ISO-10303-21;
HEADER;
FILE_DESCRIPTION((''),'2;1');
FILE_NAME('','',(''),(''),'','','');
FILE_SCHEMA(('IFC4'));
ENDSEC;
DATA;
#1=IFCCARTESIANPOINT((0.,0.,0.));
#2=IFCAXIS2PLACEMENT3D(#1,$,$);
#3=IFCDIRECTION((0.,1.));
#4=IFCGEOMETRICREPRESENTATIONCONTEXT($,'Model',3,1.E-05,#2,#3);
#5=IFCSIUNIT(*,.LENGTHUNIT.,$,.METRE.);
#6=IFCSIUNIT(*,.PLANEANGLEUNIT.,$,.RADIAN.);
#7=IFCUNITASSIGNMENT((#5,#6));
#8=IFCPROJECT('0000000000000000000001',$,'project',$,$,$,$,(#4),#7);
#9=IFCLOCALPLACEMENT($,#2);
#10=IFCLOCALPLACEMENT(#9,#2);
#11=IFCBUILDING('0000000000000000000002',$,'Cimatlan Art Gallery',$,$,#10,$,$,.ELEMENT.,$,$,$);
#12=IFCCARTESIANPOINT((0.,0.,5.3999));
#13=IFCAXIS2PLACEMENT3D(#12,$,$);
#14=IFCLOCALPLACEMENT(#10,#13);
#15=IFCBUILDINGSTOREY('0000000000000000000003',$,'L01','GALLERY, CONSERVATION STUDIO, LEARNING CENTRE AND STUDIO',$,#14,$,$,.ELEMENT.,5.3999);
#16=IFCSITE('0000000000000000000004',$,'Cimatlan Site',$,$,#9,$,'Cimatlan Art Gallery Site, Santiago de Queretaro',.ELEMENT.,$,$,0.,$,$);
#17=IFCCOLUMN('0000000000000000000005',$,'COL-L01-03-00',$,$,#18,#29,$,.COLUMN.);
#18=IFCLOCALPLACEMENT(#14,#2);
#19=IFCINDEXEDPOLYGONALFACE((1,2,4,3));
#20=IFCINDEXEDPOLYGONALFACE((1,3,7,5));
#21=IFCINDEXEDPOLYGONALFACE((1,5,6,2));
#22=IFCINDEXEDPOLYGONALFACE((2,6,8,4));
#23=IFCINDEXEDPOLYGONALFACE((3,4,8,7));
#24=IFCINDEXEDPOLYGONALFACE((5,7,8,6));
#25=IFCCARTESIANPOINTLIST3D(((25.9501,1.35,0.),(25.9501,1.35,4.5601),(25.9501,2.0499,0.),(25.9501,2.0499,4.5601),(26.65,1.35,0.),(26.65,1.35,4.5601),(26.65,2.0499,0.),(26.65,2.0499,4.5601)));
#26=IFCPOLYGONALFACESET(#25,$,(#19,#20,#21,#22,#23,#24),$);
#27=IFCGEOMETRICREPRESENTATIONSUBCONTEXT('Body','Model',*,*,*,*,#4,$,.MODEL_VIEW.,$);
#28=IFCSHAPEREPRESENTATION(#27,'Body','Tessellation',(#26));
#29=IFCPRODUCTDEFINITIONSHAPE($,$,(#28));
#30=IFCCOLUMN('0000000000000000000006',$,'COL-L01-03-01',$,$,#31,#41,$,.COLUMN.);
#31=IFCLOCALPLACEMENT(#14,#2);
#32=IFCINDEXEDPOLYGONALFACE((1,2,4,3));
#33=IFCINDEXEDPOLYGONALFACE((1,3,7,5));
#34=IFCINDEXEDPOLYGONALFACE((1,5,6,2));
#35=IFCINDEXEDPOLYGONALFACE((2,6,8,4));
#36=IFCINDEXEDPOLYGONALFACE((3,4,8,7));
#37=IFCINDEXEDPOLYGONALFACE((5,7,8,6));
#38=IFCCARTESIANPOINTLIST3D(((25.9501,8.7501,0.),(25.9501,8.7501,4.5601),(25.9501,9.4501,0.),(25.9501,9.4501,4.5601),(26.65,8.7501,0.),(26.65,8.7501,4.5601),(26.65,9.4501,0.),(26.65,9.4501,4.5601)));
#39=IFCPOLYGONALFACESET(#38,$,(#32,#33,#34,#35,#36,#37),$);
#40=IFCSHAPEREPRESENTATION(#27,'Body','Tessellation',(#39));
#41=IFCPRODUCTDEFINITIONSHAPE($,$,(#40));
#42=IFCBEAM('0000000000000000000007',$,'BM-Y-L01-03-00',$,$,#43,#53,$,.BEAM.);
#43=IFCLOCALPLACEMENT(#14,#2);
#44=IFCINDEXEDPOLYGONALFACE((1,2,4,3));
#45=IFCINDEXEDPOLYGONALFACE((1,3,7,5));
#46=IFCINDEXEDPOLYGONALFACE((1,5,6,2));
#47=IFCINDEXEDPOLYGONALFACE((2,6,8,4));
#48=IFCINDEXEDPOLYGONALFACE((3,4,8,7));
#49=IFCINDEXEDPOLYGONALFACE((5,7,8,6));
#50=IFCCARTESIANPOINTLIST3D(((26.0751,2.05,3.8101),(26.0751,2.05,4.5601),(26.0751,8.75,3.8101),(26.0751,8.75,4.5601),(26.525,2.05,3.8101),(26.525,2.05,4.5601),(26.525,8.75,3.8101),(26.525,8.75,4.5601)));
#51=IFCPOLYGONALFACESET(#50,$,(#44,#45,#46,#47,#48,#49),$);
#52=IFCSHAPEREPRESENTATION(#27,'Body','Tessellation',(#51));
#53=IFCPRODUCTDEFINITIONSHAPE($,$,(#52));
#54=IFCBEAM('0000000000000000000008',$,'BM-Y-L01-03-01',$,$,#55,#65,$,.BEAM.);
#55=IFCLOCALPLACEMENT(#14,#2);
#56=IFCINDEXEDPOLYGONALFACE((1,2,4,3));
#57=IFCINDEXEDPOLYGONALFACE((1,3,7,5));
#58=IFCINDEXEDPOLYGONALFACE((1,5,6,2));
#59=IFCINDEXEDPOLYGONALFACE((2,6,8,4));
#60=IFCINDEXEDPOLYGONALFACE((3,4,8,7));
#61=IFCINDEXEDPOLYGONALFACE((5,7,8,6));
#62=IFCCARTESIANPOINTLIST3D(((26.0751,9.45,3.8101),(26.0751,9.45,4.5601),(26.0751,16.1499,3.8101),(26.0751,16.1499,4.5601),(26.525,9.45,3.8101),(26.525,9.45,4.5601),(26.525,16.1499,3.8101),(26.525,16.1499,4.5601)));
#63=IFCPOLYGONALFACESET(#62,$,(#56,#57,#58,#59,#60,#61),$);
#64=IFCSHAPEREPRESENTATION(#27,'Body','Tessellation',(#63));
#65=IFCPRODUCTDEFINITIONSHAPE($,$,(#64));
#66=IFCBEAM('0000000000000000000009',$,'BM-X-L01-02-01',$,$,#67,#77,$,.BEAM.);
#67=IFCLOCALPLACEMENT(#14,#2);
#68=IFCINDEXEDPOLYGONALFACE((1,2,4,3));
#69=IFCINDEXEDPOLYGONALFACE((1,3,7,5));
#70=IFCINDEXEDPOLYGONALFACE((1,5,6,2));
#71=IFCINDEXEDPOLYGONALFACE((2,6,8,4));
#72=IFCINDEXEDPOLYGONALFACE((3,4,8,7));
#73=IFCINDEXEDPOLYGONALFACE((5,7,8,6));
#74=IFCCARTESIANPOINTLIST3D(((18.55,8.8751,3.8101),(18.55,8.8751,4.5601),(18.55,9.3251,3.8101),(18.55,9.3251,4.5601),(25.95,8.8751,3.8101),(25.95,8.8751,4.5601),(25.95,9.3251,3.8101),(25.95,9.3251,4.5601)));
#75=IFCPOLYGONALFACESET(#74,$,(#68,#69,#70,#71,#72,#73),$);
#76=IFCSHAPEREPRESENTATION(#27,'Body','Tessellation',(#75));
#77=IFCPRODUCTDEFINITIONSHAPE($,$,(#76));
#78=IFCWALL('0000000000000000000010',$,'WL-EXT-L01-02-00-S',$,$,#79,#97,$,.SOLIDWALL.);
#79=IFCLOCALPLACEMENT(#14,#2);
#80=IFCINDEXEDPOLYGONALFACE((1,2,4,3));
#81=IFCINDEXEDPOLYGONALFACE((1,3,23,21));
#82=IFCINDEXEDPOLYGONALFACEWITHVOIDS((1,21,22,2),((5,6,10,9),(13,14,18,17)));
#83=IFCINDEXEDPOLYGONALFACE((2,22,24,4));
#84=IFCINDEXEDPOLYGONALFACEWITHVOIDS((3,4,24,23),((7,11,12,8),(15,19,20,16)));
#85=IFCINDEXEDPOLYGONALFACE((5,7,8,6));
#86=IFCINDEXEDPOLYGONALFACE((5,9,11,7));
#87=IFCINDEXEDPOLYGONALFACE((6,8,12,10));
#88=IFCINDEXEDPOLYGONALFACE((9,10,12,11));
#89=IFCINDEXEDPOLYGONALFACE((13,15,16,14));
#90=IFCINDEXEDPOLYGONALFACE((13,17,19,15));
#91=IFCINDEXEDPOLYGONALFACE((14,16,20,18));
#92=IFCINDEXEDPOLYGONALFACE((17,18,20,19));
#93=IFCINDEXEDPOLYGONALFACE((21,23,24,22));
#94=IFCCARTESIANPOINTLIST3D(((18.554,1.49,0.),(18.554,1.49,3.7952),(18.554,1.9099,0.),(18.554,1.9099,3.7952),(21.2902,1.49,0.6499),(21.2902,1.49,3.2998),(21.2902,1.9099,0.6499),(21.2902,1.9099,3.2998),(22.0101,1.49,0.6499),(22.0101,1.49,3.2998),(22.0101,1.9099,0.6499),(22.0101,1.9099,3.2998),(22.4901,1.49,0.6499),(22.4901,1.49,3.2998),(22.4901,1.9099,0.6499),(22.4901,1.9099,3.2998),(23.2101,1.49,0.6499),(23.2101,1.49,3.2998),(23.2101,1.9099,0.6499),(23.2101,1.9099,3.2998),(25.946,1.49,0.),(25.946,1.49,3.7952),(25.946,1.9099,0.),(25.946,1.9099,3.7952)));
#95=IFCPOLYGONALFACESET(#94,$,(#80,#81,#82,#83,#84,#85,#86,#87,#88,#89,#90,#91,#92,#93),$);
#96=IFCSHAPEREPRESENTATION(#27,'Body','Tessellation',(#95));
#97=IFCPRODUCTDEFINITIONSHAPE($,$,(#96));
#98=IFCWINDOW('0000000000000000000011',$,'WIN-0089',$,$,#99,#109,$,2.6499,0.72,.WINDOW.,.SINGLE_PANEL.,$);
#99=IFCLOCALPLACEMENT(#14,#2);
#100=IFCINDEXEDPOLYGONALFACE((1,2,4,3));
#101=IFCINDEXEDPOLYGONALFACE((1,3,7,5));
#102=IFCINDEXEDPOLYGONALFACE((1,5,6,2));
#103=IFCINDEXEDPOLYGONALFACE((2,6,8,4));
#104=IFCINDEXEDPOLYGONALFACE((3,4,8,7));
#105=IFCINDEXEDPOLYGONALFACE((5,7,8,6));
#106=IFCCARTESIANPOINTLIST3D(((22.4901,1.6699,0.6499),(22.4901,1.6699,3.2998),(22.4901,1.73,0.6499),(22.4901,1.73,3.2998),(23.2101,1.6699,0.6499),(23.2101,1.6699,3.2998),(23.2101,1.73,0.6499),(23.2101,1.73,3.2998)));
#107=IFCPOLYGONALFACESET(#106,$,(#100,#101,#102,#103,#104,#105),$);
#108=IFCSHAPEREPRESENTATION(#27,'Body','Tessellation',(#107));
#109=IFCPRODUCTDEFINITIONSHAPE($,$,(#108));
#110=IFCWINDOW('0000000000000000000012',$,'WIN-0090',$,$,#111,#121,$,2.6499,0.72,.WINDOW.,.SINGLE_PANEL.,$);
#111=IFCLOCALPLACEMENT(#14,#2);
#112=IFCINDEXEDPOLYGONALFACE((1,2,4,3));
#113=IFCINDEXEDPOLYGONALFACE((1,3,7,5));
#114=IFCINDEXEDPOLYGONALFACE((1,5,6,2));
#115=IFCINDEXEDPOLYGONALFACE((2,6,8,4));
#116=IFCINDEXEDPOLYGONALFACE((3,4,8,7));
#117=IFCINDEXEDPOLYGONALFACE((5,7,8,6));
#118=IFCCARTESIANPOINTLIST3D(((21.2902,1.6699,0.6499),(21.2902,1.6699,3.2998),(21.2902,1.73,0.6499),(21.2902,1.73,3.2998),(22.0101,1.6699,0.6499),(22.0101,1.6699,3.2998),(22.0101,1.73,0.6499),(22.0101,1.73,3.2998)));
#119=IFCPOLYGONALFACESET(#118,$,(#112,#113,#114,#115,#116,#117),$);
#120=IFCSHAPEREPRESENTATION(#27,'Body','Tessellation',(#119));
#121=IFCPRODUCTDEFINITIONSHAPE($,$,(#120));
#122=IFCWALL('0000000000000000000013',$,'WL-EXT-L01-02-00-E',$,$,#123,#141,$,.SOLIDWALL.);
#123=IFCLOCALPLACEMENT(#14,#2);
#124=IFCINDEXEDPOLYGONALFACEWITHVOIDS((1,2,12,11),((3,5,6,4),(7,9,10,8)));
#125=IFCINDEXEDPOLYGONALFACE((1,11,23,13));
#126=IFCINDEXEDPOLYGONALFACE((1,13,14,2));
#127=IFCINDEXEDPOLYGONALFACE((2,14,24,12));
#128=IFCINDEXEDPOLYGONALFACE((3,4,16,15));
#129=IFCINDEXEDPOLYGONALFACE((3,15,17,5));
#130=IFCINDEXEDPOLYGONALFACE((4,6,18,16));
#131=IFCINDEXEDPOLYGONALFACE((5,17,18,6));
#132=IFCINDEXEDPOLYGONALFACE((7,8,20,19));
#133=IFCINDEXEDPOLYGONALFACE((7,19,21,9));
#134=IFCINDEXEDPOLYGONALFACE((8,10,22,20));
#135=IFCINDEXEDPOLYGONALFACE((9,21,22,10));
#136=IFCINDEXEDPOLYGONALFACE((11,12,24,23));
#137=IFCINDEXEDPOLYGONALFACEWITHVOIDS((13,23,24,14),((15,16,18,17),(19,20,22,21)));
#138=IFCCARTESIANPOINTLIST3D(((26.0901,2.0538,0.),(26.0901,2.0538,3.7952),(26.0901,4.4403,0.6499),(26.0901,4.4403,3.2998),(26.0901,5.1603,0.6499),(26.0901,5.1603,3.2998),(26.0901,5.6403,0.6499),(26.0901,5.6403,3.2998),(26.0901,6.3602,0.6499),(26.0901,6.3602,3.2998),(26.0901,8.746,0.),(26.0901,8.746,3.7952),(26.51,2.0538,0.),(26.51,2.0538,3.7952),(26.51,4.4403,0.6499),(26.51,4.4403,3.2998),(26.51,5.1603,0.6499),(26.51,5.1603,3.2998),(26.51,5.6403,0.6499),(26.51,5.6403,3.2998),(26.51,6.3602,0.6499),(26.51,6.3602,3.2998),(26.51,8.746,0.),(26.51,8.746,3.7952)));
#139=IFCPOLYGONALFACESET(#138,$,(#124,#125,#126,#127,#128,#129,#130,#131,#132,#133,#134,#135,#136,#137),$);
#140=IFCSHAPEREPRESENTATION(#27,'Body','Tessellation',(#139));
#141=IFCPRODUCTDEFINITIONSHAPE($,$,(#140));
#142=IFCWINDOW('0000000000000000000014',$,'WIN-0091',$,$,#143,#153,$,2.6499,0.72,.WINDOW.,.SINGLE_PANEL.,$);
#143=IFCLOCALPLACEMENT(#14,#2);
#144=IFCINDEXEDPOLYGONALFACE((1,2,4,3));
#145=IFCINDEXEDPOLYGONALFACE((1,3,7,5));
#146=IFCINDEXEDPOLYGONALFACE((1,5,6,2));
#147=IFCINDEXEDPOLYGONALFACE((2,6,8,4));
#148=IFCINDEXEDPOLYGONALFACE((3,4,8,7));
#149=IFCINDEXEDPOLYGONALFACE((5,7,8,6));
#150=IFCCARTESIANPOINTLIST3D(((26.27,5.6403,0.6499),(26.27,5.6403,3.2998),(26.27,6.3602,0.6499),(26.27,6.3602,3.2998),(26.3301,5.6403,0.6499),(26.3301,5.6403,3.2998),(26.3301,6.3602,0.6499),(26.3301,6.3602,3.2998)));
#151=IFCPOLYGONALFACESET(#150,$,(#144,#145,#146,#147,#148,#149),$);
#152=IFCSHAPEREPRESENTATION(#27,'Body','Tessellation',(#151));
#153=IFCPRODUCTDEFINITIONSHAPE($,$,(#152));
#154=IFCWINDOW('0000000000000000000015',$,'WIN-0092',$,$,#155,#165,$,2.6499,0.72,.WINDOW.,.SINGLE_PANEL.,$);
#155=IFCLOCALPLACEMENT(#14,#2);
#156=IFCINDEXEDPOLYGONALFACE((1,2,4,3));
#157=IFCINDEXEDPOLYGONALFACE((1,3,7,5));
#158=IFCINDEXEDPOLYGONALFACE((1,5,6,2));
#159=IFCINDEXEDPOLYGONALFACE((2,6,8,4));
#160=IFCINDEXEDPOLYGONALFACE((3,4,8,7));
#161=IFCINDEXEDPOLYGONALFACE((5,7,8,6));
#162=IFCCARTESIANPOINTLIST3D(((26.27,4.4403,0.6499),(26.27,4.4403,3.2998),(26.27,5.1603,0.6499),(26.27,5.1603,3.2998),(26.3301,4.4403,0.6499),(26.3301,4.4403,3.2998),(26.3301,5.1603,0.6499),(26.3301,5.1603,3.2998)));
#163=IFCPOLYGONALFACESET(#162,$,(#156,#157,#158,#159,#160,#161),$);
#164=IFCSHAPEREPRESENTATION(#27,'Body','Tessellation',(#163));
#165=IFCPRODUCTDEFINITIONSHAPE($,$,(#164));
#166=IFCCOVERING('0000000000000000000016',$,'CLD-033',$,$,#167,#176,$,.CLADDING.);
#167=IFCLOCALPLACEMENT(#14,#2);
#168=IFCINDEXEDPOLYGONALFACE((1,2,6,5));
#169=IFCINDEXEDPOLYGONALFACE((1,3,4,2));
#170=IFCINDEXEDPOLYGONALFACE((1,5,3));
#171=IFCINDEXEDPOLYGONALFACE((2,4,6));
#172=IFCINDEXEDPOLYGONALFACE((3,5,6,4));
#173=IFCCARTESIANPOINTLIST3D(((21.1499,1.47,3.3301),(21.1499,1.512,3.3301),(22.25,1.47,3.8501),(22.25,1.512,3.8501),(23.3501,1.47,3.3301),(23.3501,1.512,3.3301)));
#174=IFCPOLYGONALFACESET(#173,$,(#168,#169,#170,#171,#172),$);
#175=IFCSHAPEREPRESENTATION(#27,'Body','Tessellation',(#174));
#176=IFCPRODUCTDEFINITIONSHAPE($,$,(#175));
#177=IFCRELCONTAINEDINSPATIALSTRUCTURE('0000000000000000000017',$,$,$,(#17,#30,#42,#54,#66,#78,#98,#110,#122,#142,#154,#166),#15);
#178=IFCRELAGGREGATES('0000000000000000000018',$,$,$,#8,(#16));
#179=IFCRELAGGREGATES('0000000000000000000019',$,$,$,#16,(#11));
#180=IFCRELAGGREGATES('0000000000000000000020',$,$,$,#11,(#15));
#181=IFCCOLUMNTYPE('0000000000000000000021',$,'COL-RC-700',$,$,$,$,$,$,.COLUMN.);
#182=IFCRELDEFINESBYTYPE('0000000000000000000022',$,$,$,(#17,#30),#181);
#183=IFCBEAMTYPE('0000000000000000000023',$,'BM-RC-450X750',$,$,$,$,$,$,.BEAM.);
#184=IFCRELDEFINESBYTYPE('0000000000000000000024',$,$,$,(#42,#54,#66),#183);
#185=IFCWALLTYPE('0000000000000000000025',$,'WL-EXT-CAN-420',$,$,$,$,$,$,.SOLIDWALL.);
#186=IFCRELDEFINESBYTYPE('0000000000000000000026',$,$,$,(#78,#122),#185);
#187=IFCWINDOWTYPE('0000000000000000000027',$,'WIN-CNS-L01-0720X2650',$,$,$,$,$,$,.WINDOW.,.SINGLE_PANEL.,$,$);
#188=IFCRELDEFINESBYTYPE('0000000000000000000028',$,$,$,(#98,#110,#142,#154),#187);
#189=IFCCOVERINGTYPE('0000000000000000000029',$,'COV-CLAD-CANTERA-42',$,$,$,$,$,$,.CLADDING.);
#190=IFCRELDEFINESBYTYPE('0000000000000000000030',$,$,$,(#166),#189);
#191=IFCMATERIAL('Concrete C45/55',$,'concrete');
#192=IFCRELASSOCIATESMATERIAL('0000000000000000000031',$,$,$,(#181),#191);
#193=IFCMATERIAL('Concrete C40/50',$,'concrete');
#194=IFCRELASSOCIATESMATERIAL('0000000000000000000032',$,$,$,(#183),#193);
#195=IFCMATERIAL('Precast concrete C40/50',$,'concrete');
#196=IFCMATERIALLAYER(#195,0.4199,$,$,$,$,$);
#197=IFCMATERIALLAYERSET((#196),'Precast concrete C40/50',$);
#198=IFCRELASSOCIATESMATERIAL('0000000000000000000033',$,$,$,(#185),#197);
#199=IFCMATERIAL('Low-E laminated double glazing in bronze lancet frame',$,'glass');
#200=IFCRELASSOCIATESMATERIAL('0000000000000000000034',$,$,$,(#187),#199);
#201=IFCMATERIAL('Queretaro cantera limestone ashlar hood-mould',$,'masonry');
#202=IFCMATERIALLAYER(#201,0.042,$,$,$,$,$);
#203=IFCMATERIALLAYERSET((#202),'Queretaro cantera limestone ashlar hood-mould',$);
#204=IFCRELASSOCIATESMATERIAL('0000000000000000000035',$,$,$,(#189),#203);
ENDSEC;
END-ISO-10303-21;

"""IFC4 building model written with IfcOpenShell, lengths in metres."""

from ifc_helpers import new_model, si_unit, direction, frame, frame_2d, origin, origin_2d, place, context, subcontext, project, spatial, polyline, rectangle, outline, extrude, material, layer, layer_set, material_profile, profile_set, type_object, element, fill, save


model = new_model("IFC4")

# Units and contexts
model_context = context("Model", 3, precision=1e-05, world=origin(), true_north=direction((0.0, 1.0)))
body_context = subcontext(model_context, "Body", "Model", "MODEL_VIEW")
ifc_project = project(units=[si_unit("LENGTHUNIT", "METRE"), si_unit("PLANEANGLEUNIT", "RADIAN")], contexts=[model_context])

# Site, building, storey
site_placement = place(None, origin())
site = spatial("IfcSite", under=ifc_project, at=site_placement, Name="Cimatlan Site", LongName="Cimatlan Art Gallery Site, Santiago de Queretaro", CompositionType="ELEMENT", RefElevation=0.0)
building_placement = place(site_placement, origin())
building = spatial("IfcBuilding", under=site, at=building_placement, Name="Cimatlan Art Gallery", CompositionType="ELEMENT")
storey_placement = place(building_placement, frame((0.0, 0.0, 5.3999)))
storey = spatial("IfcBuildingStorey", under=building, at=storey_placement, Name="L01", Description="GALLERY, CONSERVATION STUDIO, LEARNING CENTRE AND STUDIO", CompositionType="ELEMENT", Elevation=5.3999)

# Columns
ifc_material_1 = material(Name="Concrete C45/55", Category="concrete")
ifc_material_profile_1 = material_profile(ifc_material_1, rectangle(XDim=0.7, YDim=0.7, at=origin_2d()), Name="RC700X700")
ifc_profile_set_1 = profile_set([ifc_material_profile_1], Name="Concrete C45/55")
column_type = type_object("IfcColumnType", Name="COL-RC-700", PredefinedType="COLUMN", material=ifc_profile_set_1)
for number, where, z_axis, x_axis, name in (
    (1, (26.3, 1.7, 0.0), (0.0, 0.0, 1.0), (1.0, 0.0, 0.0), "COL-L01-03-00"),
    (2, (26.3, 9.1001, 0.0), (0.0, 0.0, 1.0), (1.0, 0.0, 0.0), "COL-L01-03-01"),
):
    element("IfcColumn", number, at=place(storey_placement, frame(where, z_axis=z_axis, x_axis=x_axis)), inside=storey, type_object=column_type, Name=name, PredefinedType="COLUMN", context=body_context, shape_type="SweptSolid", body=[
        extrude(rectangle(XDim=0.7, YDim=0.7, at=origin_2d()), origin(), (0.0, 0.0, 1.0), 4.5601),
    ])

# Beams
ifc_material_2 = material(Name="Concrete C40/50", Category="concrete")
ifc_material_profile_2 = material_profile(ifc_material_2, rectangle(XDim=0.45, YDim=0.75, at=origin_2d()), Name="RC450X750")
ifc_profile_set_2 = profile_set([ifc_material_profile_2], Name="Concrete C40/50")
beam_type = type_object("IfcBeamType", Name="BM-RC-450X750", PredefinedType="BEAM", material=ifc_profile_set_2)
for number, where, z_axis, x_axis, name in (
    (3, (26.3, 2.05, 4.1851), (0.0, 1.0, 0.0), (-1.0, 0.0, 0.0), "BM-Y-L01-03-00"),
    (4, (26.3, 9.45, 4.1851), (0.0, 1.0, 0.0), (-1.0, 0.0, 0.0), "BM-Y-L01-03-01"),
):
    element("IfcBeam", number, at=place(storey_placement, frame(where, z_axis=z_axis, x_axis=x_axis)), inside=storey, type_object=beam_type, Name=name, PredefinedType="BEAM", context=body_context, shape_type="SweptSolid", body=[
        extrude(rectangle(XDim=0.45, YDim=0.75, at=origin_2d()), origin(), (0.0, 0.0, 1.0), 6.7),
    ])
beam_placement = place(storey_placement, frame((18.55, 9.1001, 4.1851), z_axis=(1.0, 0.0, 0.0), x_axis=(0.0, 1.0, 0.0)))
element("IfcBeam", 5, at=beam_placement, inside=storey, type_object=beam_type, Name="BM-X-L01-02-01", PredefinedType="BEAM", context=body_context, shape_type="SweptSolid", body=[
    extrude(rectangle(XDim=0.45, YDim=0.75, at=origin_2d()), origin(), (0.0, 0.0, 1.0), 7.3999),
])

# Walls, openings, windows
ifc_material_3 = material(Name="Precast concrete C40/50", Category="concrete")
ifc_layer_1 = layer(ifc_material_3, 0.4199)
ifc_layer_set_1 = layer_set([ifc_layer_1], Name="Precast concrete C40/50")
wall_type = type_object("IfcWallType", Name="WL-EXT-CAN-420", PredefinedType="SOLIDWALL", material=ifc_layer_set_1)
wall_1_placement = place(storey_placement, frame((25.946, 1.7, 0.0), z_axis=(0.0, 0.0, 1.0), x_axis=(-1.0, 0.0, 0.0)))
wall_1 = element("IfcWall", 6, at=wall_1_placement, inside=storey, type_object=wall_type, Name="WL-EXT-L01-02-00-S", PredefinedType="SOLIDWALL", context=body_context, shape_type="SweptSolid", body=[
    extrude(rectangle(XDim=7.3921, YDim=0.4199, at=frame_2d((3.696, 0.0))), origin(), (0.0, 0.0, 1.0), 3.7952),
])
opening_1_placement = place(wall_1_placement, frame((2.7361, 0.0, 0.6499)))
opening_1 = element("IfcOpeningElement", 7, at=opening_1_placement, cuts=wall_1, PredefinedType="OPENING", context=body_context, shape_type="SweptSolid", body=[
    extrude(rectangle(XDim=0.72, YDim=2.6499, at=frame_2d((0.3599, 1.325))), frame((0.0, 0.22, 0.0), z_axis=(0.0, -1.0, 0.0), x_axis=(1.0, 0.0, 0.0)), (0.0, 0.0, 1.0), 0.4399),
])
opening_2_placement = place(wall_1_placement, frame((3.936, 0.0, 0.6499)))
opening_2 = element("IfcOpeningElement", 8, at=opening_2_placement, cuts=wall_1, PredefinedType="OPENING", context=body_context, shape_type="SweptSolid", body=[
    extrude(rectangle(XDim=0.72, YDim=2.6499, at=frame_2d((0.3599, 1.325))), frame((0.0, 0.22, 0.0), z_axis=(0.0, -1.0, 0.0), x_axis=(1.0, 0.0, 0.0)), (0.0, 0.0, 1.0), 0.4399),
])
ifc_material_4 = material(Name="Low-E laminated double glazing in bronze lancet frame", Category="glass")
window_type = type_object("IfcWindowType", Name="WIN-CNS-L01-0720X2650", PartitioningType="SINGLE_PANEL", PredefinedType="WINDOW", material=ifc_material_4)
window_1_placement = place(opening_1_placement, origin())
window_1 = element("IfcWindow", 9, at=window_1_placement, inside=storey, type_object=window_type, Name="WIN-0089", OverallHeight=2.6499, OverallWidth=0.72, PartitioningType="SINGLE_PANEL", PredefinedType="WINDOW", context=body_context, shape_type="SweptSolid", body=[
    extrude(rectangle(XDim=0.72, YDim=2.6499, at=frame_2d((0.3599, 1.325))), frame((0.0, 0.03, 0.0), z_axis=(0.0, -1.0, 0.0), x_axis=(1.0, 0.0, 0.0)), (0.0, 0.0, 1.0), 0.0601),
])
fill(opening_1, window_1)
window_2_placement = place(opening_2_placement, origin())
window_2 = element("IfcWindow", 10, at=window_2_placement, inside=storey, type_object=window_type, Name="WIN-0090", OverallHeight=2.6499, OverallWidth=0.72, PartitioningType="SINGLE_PANEL", PredefinedType="WINDOW", context=body_context, shape_type="SweptSolid", body=[
    extrude(rectangle(XDim=0.72, YDim=2.6499, at=frame_2d((0.3599, 1.325))), frame((0.0, 0.03, 0.0), z_axis=(0.0, -1.0, 0.0), x_axis=(1.0, 0.0, 0.0)), (0.0, 0.0, 1.0), 0.0601),
])
fill(opening_2, window_2)
wall_2_placement = place(storey_placement, frame((26.3, 8.7461, 0.0), z_axis=(0.0, 0.0, 1.0), x_axis=(0.0, -1.0, 0.0)))
wall_2 = element("IfcWall", 11, at=wall_2_placement, inside=storey, type_object=wall_type, Name="WL-EXT-L01-02-00-E", PredefinedType="SOLIDWALL", context=body_context, shape_type="SweptSolid", body=[
    extrude(rectangle(XDim=6.6921, YDim=0.4199, at=frame_2d((3.3462, 0.0))), origin(), (0.0, 0.0, 1.0), 3.7952),
])
opening_3_placement = place(wall_2_placement, frame((2.386, 0.0, 0.6499)))
opening_3 = element("IfcOpeningElement", 12, at=opening_3_placement, cuts=wall_2, PredefinedType="OPENING", context=body_context, shape_type="SweptSolid", body=[
    extrude(rectangle(XDim=0.72, YDim=2.6499, at=frame_2d((0.3599, 1.325))), frame((0.0, 0.22, 0.0), z_axis=(0.0, -1.0, 0.0), x_axis=(1.0, 0.0, 0.0)), (0.0, 0.0, 1.0), 0.4399),
])
opening_4_placement = place(wall_2_placement, frame((3.5859, 0.0, 0.6499)))
opening_4 = element("IfcOpeningElement", 13, at=opening_4_placement, cuts=wall_2, PredefinedType="OPENING", context=body_context, shape_type="SweptSolid", body=[
    extrude(rectangle(XDim=0.72, YDim=2.6499, at=frame_2d((0.3599, 1.325))), frame((0.0, 0.22, 0.0), z_axis=(0.0, -1.0, 0.0), x_axis=(1.0, 0.0, 0.0)), (0.0, 0.0, 1.0), 0.4399),
])
window_3_placement = place(opening_3_placement, origin())
window_3 = element("IfcWindow", 14, at=window_3_placement, inside=storey, type_object=window_type, Name="WIN-0091", OverallHeight=2.6499, OverallWidth=0.72, PartitioningType="SINGLE_PANEL", PredefinedType="WINDOW", context=body_context, shape_type="SweptSolid", body=[
    extrude(rectangle(XDim=0.72, YDim=2.6499, at=frame_2d((0.3599, 1.325))), frame((0.0, 0.03, 0.0), z_axis=(0.0, -1.0, 0.0), x_axis=(1.0, 0.0, 0.0)), (0.0, 0.0, 1.0), 0.0601),
])
fill(opening_3, window_3)
window_4_placement = place(opening_4_placement, origin())
window_4 = element("IfcWindow", 15, at=window_4_placement, inside=storey, type_object=window_type, Name="WIN-0092", OverallHeight=2.6499, OverallWidth=0.72, PartitioningType="SINGLE_PANEL", PredefinedType="WINDOW", context=body_context, shape_type="SweptSolid", body=[
    extrude(rectangle(XDim=0.72, YDim=2.6499, at=frame_2d((0.3599, 1.325))), frame((0.0, 0.03, 0.0), z_axis=(0.0, -1.0, 0.0), x_axis=(1.0, 0.0, 0.0)), (0.0, 0.0, 1.0), 0.0601),
])
fill(opening_4, window_4)

# Covering
ifc_material_5 = material(Name="Queretaro cantera limestone ashlar hood-mould", Category="masonry")
ifc_layer_2 = layer(ifc_material_5, 0.042)
ifc_layer_set_2 = layer_set([ifc_layer_2], Name="Queretaro cantera limestone ashlar hood-mould")
covering_type = type_object("IfcCoveringType", Name="COV-CLAD-CANTERA-42", PredefinedType="CLADDING", material=ifc_layer_set_2)
covering_1_placement = place(storey_placement, frame((23.3501, 1.512, 3.3301), z_axis=(0.0, 1.0, 0.0), x_axis=(-1.0, 0.0, 0.0)))
element("IfcCovering", 16, at=covering_1_placement, inside=storey, type_object=covering_type, Name="CLD-033", PredefinedType="CLADDING", context=body_context, shape_type="SweptSolid", body=[
    extrude(outline(polyline([(0.0, 0.0), (2.2002, 0.0), (1.1001, 0.52), (0.0, 0.0)])), origin(), (0.0, 0.0, -1.0), 0.042),
])

save(model, "model.ifc")
